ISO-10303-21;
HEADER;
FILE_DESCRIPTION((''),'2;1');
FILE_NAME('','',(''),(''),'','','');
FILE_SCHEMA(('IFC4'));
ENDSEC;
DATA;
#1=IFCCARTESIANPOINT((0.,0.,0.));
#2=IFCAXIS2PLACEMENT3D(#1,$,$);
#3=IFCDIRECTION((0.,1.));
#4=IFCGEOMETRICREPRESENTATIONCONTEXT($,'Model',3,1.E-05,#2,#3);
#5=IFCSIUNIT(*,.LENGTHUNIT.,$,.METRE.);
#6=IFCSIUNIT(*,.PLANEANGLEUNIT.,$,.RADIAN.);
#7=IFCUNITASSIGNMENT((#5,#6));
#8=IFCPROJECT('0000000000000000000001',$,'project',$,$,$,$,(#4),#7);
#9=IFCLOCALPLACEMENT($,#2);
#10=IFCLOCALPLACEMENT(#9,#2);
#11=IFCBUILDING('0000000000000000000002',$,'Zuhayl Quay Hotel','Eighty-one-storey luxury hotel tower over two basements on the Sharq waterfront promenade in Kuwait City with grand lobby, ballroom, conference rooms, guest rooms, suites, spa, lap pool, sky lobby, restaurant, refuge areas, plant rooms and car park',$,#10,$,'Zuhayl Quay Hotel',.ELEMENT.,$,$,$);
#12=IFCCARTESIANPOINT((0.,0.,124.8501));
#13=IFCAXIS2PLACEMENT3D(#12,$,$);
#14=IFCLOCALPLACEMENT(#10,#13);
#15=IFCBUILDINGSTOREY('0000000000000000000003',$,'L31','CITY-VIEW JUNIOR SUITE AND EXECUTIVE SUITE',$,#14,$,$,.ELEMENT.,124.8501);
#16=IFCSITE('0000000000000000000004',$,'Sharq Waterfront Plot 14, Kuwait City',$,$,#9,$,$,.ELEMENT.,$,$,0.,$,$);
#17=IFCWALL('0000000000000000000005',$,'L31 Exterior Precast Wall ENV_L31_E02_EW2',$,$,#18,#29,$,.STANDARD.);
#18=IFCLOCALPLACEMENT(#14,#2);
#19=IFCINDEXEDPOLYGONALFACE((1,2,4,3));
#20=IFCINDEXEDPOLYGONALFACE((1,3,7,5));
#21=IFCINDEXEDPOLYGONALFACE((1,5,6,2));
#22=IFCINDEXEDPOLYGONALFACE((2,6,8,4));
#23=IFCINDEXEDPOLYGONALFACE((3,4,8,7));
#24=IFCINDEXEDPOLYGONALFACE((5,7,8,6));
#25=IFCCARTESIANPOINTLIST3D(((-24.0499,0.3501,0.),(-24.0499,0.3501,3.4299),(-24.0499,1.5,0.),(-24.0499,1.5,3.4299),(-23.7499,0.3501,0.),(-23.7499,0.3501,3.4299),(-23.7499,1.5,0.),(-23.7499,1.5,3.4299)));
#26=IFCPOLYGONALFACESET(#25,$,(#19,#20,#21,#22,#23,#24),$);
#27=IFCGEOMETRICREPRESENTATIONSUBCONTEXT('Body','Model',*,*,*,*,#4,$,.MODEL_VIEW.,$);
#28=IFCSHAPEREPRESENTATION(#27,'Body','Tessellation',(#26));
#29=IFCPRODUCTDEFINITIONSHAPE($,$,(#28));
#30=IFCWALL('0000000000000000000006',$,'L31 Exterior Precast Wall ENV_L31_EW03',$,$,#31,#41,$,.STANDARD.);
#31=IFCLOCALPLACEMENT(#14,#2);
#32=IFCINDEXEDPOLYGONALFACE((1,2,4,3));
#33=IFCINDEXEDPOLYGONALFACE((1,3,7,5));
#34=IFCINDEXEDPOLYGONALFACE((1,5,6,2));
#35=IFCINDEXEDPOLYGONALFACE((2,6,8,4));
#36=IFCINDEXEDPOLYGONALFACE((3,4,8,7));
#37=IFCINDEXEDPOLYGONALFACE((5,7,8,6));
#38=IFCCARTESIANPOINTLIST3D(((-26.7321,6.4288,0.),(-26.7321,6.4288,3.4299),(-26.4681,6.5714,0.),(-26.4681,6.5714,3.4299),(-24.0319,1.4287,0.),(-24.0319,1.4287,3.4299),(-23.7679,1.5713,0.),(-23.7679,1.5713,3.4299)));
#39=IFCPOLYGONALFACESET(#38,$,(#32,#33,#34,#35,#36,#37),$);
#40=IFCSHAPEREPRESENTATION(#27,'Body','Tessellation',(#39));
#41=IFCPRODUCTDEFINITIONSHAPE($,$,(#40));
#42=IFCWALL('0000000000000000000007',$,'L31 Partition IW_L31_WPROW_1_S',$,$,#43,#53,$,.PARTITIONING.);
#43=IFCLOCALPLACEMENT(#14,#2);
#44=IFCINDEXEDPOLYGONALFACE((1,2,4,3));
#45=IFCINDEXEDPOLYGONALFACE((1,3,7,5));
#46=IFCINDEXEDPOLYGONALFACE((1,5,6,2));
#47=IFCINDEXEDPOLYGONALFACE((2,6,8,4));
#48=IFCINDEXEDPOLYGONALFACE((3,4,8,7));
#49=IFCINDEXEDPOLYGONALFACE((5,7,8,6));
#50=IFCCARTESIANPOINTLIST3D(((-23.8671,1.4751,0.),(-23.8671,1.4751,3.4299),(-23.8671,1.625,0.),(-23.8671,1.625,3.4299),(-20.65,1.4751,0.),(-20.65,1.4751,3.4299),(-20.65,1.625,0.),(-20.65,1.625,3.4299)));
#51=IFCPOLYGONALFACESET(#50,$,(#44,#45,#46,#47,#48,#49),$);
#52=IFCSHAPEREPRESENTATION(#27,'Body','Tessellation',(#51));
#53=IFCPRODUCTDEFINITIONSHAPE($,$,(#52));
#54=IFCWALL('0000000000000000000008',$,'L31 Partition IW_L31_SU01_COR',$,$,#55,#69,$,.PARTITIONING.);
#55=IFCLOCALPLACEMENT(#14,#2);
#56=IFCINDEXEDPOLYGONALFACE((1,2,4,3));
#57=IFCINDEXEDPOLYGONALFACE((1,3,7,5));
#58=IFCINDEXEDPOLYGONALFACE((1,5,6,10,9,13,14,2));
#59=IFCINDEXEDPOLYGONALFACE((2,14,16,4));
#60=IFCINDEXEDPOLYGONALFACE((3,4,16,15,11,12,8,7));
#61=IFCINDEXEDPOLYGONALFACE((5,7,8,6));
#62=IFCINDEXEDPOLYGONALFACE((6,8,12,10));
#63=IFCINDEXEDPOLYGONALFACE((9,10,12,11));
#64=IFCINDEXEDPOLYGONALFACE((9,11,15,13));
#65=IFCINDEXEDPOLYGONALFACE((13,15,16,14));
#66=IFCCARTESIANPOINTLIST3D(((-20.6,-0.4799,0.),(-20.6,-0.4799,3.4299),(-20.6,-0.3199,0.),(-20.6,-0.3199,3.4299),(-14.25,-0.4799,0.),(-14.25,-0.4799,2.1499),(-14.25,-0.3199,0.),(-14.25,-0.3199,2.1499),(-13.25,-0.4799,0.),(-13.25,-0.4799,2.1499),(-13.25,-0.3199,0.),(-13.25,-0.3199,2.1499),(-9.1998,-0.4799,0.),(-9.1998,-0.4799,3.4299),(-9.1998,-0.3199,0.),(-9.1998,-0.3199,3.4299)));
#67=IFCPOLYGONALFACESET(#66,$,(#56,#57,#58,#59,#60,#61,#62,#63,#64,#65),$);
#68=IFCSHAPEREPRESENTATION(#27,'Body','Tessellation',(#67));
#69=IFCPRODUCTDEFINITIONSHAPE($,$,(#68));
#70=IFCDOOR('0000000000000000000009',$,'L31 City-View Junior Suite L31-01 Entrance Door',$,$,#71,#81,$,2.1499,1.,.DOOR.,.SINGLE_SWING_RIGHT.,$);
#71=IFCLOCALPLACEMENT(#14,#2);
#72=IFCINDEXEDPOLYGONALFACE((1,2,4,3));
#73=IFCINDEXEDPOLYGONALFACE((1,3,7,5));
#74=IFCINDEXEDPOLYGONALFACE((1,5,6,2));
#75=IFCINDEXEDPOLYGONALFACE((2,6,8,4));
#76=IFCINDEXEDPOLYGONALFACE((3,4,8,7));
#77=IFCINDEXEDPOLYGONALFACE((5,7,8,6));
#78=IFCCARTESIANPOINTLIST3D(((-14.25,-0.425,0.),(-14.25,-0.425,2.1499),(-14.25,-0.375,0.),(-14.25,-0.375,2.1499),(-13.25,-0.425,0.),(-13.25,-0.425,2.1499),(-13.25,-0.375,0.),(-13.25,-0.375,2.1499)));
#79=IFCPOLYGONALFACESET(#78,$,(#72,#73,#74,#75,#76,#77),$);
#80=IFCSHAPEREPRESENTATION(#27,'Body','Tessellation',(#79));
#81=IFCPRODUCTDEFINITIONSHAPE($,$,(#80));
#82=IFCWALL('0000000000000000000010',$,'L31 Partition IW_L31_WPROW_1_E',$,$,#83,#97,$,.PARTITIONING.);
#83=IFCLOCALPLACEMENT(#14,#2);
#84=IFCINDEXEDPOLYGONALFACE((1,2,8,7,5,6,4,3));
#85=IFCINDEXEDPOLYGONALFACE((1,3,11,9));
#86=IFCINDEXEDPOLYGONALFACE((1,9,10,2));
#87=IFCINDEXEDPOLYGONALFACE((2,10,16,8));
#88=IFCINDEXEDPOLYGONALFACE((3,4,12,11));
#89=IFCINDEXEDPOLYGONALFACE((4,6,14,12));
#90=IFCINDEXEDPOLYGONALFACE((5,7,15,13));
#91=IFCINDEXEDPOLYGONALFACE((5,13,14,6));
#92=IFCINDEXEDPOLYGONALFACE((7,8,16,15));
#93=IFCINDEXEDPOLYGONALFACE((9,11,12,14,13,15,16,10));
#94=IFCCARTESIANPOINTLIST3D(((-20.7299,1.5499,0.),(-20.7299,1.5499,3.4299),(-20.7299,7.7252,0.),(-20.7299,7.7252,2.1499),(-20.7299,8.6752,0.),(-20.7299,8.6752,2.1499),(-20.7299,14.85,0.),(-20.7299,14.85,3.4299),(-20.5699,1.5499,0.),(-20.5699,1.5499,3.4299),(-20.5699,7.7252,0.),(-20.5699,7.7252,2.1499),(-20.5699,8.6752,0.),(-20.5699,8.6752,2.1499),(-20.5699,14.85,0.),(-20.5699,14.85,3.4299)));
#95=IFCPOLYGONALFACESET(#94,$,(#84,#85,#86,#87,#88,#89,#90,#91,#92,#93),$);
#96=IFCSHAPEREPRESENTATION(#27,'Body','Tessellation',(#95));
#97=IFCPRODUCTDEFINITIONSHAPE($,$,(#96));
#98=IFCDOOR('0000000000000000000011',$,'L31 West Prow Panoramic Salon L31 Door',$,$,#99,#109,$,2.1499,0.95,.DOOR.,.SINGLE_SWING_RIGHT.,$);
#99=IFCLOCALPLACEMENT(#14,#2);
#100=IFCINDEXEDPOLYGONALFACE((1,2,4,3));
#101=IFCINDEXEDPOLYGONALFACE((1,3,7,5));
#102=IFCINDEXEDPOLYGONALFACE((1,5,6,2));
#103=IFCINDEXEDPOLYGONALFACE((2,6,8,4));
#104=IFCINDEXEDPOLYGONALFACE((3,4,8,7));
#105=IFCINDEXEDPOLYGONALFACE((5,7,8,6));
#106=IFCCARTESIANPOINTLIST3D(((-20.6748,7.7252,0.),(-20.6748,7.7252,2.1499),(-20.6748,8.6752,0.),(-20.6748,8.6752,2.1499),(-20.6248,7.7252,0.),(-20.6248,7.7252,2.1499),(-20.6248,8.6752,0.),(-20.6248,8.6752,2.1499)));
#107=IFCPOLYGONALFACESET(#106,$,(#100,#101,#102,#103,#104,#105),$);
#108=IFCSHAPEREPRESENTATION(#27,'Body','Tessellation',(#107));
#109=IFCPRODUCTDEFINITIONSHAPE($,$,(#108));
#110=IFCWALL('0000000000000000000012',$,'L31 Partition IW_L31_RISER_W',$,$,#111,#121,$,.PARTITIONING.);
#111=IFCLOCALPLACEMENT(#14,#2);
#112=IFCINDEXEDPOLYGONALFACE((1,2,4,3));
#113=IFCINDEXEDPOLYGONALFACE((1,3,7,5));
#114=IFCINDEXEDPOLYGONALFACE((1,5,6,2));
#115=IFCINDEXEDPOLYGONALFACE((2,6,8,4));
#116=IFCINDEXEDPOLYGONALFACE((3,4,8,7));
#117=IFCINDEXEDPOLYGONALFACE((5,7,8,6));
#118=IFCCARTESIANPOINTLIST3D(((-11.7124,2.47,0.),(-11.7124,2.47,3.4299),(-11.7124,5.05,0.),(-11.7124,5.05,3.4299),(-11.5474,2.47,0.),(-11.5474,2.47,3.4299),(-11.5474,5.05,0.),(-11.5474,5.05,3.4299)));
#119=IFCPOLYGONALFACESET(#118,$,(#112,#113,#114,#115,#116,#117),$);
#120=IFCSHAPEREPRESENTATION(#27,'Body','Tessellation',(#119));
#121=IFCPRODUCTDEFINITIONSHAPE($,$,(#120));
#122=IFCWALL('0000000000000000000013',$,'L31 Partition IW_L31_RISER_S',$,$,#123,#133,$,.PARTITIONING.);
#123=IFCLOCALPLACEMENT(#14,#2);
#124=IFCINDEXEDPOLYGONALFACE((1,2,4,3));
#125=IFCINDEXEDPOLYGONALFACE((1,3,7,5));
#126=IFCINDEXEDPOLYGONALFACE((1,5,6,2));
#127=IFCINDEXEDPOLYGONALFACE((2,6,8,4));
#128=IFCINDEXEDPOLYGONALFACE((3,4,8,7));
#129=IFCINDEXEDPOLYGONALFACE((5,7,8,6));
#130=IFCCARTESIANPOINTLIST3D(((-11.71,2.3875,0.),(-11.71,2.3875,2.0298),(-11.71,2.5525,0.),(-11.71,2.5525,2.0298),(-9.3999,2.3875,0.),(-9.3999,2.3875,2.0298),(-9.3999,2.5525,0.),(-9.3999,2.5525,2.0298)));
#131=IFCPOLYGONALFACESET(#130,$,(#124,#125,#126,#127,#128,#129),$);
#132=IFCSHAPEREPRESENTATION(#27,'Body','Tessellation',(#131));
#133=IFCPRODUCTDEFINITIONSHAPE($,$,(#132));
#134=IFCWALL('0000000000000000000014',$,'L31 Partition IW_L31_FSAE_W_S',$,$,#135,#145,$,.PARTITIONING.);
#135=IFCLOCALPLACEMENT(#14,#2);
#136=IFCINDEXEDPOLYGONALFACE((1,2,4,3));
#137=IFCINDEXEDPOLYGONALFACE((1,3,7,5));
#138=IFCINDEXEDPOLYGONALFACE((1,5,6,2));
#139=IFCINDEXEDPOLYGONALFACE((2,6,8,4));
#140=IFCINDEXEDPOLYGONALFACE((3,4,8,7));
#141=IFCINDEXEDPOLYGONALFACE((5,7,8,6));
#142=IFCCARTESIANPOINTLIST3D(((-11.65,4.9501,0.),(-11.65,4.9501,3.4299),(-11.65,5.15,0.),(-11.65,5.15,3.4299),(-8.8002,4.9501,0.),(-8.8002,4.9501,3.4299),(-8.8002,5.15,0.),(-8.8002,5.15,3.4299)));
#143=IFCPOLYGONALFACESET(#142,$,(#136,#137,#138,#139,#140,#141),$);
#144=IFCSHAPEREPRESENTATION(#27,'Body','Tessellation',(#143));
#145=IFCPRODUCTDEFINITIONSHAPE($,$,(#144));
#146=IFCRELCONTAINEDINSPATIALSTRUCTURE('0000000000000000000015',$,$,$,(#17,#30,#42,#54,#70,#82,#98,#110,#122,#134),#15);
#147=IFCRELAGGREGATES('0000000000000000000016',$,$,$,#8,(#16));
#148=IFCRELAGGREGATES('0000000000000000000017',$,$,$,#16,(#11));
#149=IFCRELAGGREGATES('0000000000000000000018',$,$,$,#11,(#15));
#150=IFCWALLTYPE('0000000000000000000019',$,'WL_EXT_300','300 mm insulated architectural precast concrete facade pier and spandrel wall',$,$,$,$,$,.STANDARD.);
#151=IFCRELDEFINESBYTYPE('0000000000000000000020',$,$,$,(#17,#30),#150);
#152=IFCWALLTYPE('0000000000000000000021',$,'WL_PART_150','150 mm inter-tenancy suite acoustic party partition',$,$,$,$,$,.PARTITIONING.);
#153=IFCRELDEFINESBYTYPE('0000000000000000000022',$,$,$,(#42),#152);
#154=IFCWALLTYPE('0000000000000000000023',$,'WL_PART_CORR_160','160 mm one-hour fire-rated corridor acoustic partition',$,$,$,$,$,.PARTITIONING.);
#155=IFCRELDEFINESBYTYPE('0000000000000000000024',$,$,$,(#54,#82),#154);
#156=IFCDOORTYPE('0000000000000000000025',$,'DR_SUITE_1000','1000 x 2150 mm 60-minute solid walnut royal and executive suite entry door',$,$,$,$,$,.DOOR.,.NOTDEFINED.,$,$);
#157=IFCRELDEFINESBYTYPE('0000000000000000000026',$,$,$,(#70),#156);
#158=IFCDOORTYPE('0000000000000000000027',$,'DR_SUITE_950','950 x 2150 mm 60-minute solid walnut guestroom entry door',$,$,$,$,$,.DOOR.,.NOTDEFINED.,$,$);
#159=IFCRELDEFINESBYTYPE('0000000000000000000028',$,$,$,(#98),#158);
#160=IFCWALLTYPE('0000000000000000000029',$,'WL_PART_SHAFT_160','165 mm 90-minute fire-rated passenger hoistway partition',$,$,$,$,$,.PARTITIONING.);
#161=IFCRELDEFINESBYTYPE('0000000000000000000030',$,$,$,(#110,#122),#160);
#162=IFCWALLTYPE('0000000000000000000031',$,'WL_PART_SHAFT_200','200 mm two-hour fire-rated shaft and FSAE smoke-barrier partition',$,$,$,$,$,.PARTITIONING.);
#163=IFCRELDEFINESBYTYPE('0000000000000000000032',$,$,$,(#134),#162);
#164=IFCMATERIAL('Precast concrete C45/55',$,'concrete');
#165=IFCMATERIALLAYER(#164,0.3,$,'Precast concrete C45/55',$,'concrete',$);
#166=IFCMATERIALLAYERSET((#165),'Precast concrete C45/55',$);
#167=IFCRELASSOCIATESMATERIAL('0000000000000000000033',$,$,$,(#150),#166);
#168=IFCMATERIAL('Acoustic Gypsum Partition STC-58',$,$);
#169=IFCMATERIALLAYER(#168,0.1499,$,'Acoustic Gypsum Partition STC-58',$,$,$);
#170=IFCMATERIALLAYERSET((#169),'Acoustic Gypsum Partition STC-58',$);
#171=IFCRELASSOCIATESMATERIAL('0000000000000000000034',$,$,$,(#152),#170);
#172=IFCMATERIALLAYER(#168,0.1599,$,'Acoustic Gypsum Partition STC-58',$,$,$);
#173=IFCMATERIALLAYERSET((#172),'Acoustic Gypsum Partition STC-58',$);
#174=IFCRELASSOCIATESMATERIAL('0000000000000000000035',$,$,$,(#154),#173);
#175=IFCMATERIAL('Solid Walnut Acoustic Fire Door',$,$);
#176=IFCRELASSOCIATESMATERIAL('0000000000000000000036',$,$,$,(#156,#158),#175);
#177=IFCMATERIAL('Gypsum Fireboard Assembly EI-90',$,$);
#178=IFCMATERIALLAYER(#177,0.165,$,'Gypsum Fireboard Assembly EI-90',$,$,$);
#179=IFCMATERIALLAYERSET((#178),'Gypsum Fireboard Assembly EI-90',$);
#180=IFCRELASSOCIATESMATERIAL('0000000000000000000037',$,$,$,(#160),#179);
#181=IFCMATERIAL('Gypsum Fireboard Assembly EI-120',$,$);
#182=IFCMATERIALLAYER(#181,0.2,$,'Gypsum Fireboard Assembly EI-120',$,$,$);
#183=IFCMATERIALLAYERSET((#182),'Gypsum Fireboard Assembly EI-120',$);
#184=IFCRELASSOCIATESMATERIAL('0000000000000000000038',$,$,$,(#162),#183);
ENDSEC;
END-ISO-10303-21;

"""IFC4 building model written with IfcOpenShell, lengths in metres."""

from ifc_helpers import new_model, si_unit, direction, frame, frame_2d, origin, place, context, subcontext, project, spatial, rectangle, extrude, material, layer, layer_set, type_object, element, fill, save


model = new_model("IFC4")

# Units and contexts
model_context = context("Model", 3, precision=1e-05, world=origin(), true_north=direction((0.0, 1.0)))
body_context = subcontext(model_context, "Body", "Model", "MODEL_VIEW")
ifc_project = project(units=[si_unit("LENGTHUNIT", "METRE"), si_unit("PLANEANGLEUNIT", "RADIAN")], contexts=[model_context])

# Site, building, storey
site_placement = place(None, origin())
site = spatial("IfcSite", under=ifc_project, at=site_placement, Name="Sharq Waterfront Plot 14, Kuwait City", CompositionType="ELEMENT", RefElevation=0.0)
building_placement = place(site_placement, origin())
building = spatial("IfcBuilding", under=site, at=building_placement, Name="Zuhayl Quay Hotel", Description="Eighty-one-storey luxury hotel tower over two basements on the Sharq waterfront promenade in Kuwait City with grand lobby, ballroom, conference rooms, guest rooms, suites, spa, lap pool, sky lobby, restaurant, refuge areas, plant rooms and car park", LongName="Zuhayl Quay Hotel", CompositionType="ELEMENT")
storey_placement = place(building_placement, frame((0.0, 0.0, 124.8501)))
storey = spatial("IfcBuildingStorey", under=building, at=storey_placement, Name="L31", Description="CITY-VIEW JUNIOR SUITE AND EXECUTIVE SUITE", CompositionType="ELEMENT", Elevation=124.8501)

# Walls
ifc_material_1 = material(Name="Precast concrete C45/55", Category="concrete")
ifc_layer_1 = layer(ifc_material_1, 0.3, Name="Precast concrete C45/55", Category="concrete")
ifc_layer_set_1 = layer_set([ifc_layer_1], Name="Precast concrete C45/55")
wall_type_1 = type_object("IfcWallType", Name="WL_EXT_300", Description="300 mm insulated architectural precast concrete facade pier and spandrel wall", PredefinedType="STANDARD", material=ifc_layer_set_1)
wall_1_placement = place(storey_placement, frame((-23.8999, 0.3501, 0.0), z_axis=(0.0, 0.0, 1.0), x_axis=(0.0, 1.0, 0.0)))
element("IfcWall", 1, at=wall_1_placement, inside=storey, type_object=wall_type_1, Name="L31 Exterior Precast Wall ENV_L31_E02_EW2", PredefinedType="STANDARD", context=body_context, shape_type="SweptSolid", body=[
    extrude(rectangle(XDim=1.1499, YDim=0.3, at=frame_2d((0.575, 0.0))), origin(), (0.0, 0.0, 1.0), 3.4299),
])
wall_2_placement = place(storey_placement, frame((-23.8999, 1.5, 0.0), z_axis=(0.0, 0.0, 1.0), x_axis=(-0.475176, 0.879891, 0.0)))
element("IfcWall", 2, at=wall_2_placement, inside=storey, type_object=wall_type_1, Name="L31 Exterior Precast Wall ENV_L31_EW03", PredefinedType="STANDARD", context=body_context, shape_type="SweptSolid", body=[
    extrude(rectangle(XDim=5.6826, YDim=0.3, at=frame_2d((2.8413, 0.0))), origin(), (0.0, 0.0, 1.0), 3.4299),
])
ifc_material_2 = material(Name="Acoustic Gypsum Partition STC-58")
ifc_layer_2 = layer(ifc_material_2, 0.1499, Name="Acoustic Gypsum Partition STC-58")
ifc_layer_set_2 = layer_set([ifc_layer_2], Name="Acoustic Gypsum Partition STC-58")
wall_type_2 = type_object("IfcWallType", Name="WL_PART_150", Description="150 mm inter-tenancy suite acoustic party partition", PredefinedType="PARTITIONING", material=ifc_layer_set_2)
wall_3_placement = place(storey_placement, frame((-23.8669, 1.55, 0.0), z_axis=(0.0, 0.0, 1.0), x_axis=(1.0, 0.0, 0.0)))
element("IfcWall", 3, at=wall_3_placement, inside=storey, type_object=wall_type_2, Name="L31 Partition IW_L31_WPROW_1_S", PredefinedType="PARTITIONING", context=body_context, shape_type="SweptSolid", body=[
    extrude(rectangle(XDim=3.217, YDim=0.1499, at=frame_2d((1.6084, 0.0))), origin(), (0.0, 0.0, 1.0), 3.4299),
])

# Walls, openings, doors
ifc_layer_3 = layer(ifc_material_2, 0.1599, Name="Acoustic Gypsum Partition STC-58")
ifc_layer_set_3 = layer_set([ifc_layer_3], Name="Acoustic Gypsum Partition STC-58")
wall_type_3 = type_object("IfcWallType", Name="WL_PART_CORR_160", Description="160 mm one-hour fire-rated corridor acoustic partition", PredefinedType="PARTITIONING", material=ifc_layer_set_3)
wall_4_placement = place(storey_placement, frame((-20.6001, -0.3999, 0.0), z_axis=(0.0, 0.0, 1.0), x_axis=(1.0, 0.0, 0.0)))
wall_4 = element("IfcWall", 4, at=wall_4_placement, inside=storey, type_object=wall_type_3, Name="L31 Partition IW_L31_SU01_COR", PredefinedType="PARTITIONING", context=body_context, shape_type="SweptSolid", body=[
    extrude(rectangle(XDim=11.4001, YDim=0.1599, at=frame_2d((5.7002, 0.0))), origin(), (0.0, 0.0, 1.0), 3.4299),
])
opening_1_placement = place(wall_4_placement, frame((6.3501, 0.0, 0.0)))
opening_1 = element("IfcOpeningElement", 5, at=opening_1_placement, cuts=wall_4, PredefinedType="OPENING", context=body_context, shape_type="SweptSolid", body=[
    extrude(rectangle(XDim=1.0, YDim=2.1499, at=frame_2d((0.5, 1.075))), frame((0.0, 0.0898, 0.0), z_axis=(0.0, -1.0, 0.0), x_axis=(1.0, 0.0, 0.0)), (0.0, 0.0, 1.0), 0.1799),
])
ifc_material_3 = material(Name="Solid Walnut Acoustic Fire Door")
door_type_1 = type_object("IfcDoorType", Name="DR_SUITE_1000", Description="1000 x 2150 mm 60-minute solid walnut royal and executive suite entry door", OperationType="NOTDEFINED", PredefinedType="DOOR", material=ifc_material_3)
door_1_placement = place(opening_1_placement, origin())
door_1 = element("IfcDoor", 6, at=door_1_placement, inside=storey, type_object=door_type_1, Name="L31 City-View Junior Suite L31-01 Entrance Door", OperationType="SINGLE_SWING_RIGHT", OverallHeight=2.1499, OverallWidth=1.0, PredefinedType="DOOR", context=body_context, shape_type="SweptSolid", body=[
    extrude(rectangle(XDim=1.0, YDim=2.1499, at=frame_2d((0.5, 1.075))), frame((0.0, 0.0249, 0.0), z_axis=(0.0, -1.0, 0.0), x_axis=(1.0, 0.0, 0.0)), (0.0, 0.0, 1.0), 0.05),
])
fill(opening_1, door_1)
wall_5_placement = place(storey_placement, frame((-20.6499, 1.55, 0.0), z_axis=(0.0, 0.0, 1.0), x_axis=(0.0, 1.0, 0.0)))
wall_5 = element("IfcWall", 7, at=wall_5_placement, inside=storey, type_object=wall_type_3, Name="L31 Partition IW_L31_WPROW_1_E", PredefinedType="PARTITIONING", context=body_context, shape_type="SweptSolid", body=[
    extrude(rectangle(XDim=13.3, YDim=0.1599, at=frame_2d((6.6499, 0.0))), origin(), (0.0, 0.0, 1.0), 3.4299),
])
opening_2_placement = place(wall_5_placement, frame((6.175, 0.0, 0.0)))
opening_2 = element("IfcOpeningElement", 8, at=opening_2_placement, cuts=wall_5, PredefinedType="OPENING", context=body_context, shape_type="SweptSolid", body=[
    extrude(rectangle(XDim=0.95, YDim=2.1499, at=frame_2d((0.4751, 1.075))), frame((0.0, 0.0898, 0.0), z_axis=(0.0, -1.0, 0.0), x_axis=(1.0, 0.0, 0.0)), (0.0, 0.0, 1.0), 0.1799),
])
door_type_2 = type_object("IfcDoorType", Name="DR_SUITE_950", Description="950 x 2150 mm 60-minute solid walnut guestroom entry door", OperationType="NOTDEFINED", PredefinedType="DOOR", material=ifc_material_3)
door_2_placement = place(opening_2_placement, origin())
door_2 = element("IfcDoor", 9, at=door_2_placement, inside=storey, type_object=door_type_2, Name="L31 West Prow Panoramic Salon L31 Door", OperationType="SINGLE_SWING_RIGHT", OverallHeight=2.1499, OverallWidth=0.95, PredefinedType="DOOR", context=body_context, shape_type="SweptSolid", body=[
    extrude(rectangle(XDim=0.95, YDim=2.1499, at=frame_2d((0.4751, 1.075))), frame((0.0, 0.0249, 0.0), z_axis=(0.0, -1.0, 0.0), x_axis=(1.0, 0.0, 0.0)), (0.0, 0.0, 1.0), 0.05),
])
fill(opening_2, door_2)

# Walls
ifc_material_4 = material(Name="Gypsum Fireboard Assembly EI-90")
ifc_layer_4 = layer(ifc_material_4, 0.165, Name="Gypsum Fireboard Assembly EI-90")
ifc_layer_set_4 = layer_set([ifc_layer_4], Name="Gypsum Fireboard Assembly EI-90")
wall_type_4 = type_object("IfcWallType", Name="WL_PART_SHAFT_160", Description="165 mm 90-minute fire-rated passenger hoistway partition", PredefinedType="PARTITIONING", material=ifc_layer_set_4)
wall_6_placement = place(storey_placement, frame((-11.6299, 2.47, 0.0), z_axis=(0.0, 0.0, 1.0), x_axis=(0.0, 1.0, 0.0)))
element("IfcWall", 10, at=wall_6_placement, inside=storey, type_object=wall_type_4, Name="L31 Partition IW_L31_RISER_W", PredefinedType="PARTITIONING", context=body_context, shape_type="SweptSolid", body=[
    extrude(rectangle(XDim=2.5801, YDim=0.165, at=frame_2d((1.29, 0.0))), origin(), (0.0, 0.0, 1.0), 3.4299),
])
wall_7_placement = place(storey_placement, frame((-11.71, 2.47, 0.0), z_axis=(0.0, 0.0, 1.0), x_axis=(1.0, 0.0, 0.0)))
element("IfcWall", 11, at=wall_7_placement, inside=storey, type_object=wall_type_4, Name="L31 Partition IW_L31_RISER_S", PredefinedType="PARTITIONING", context=body_context, shape_type="SweptSolid", body=[
    extrude(rectangle(XDim=2.3101, YDim=0.165, at=frame_2d((1.155, 0.0))), origin(), (0.0, 0.0, 1.0), 2.0298),
])
ifc_material_5 = material(Name="Gypsum Fireboard Assembly EI-120")
ifc_layer_5 = layer(ifc_material_5, 0.2, Name="Gypsum Fireboard Assembly EI-120")
ifc_layer_set_5 = layer_set([ifc_layer_5], Name="Gypsum Fireboard Assembly EI-120")
wall_type_5 = type_object("IfcWallType", Name="WL_PART_SHAFT_200", Description="200 mm two-hour fire-rated shaft and FSAE smoke-barrier partition", PredefinedType="PARTITIONING", material=ifc_layer_set_5)
wall_8_placement = place(storey_placement, frame((-11.6499, 5.05, 0.0), z_axis=(0.0, 0.0, 1.0), x_axis=(1.0, 0.0, 0.0)))
element("IfcWall", 12, at=wall_8_placement, inside=storey, type_object=wall_type_5, Name="L31 Partition IW_L31_FSAE_W_S", PredefinedType="PARTITIONING", context=body_context, shape_type="SweptSolid", body=[
    extrude(rectangle(XDim=2.8499, YDim=0.2, at=frame_2d((1.4248, 0.0))), origin(), (0.0, 0.0, 1.0), 3.4299),
])

save(model, "model.ifc")
